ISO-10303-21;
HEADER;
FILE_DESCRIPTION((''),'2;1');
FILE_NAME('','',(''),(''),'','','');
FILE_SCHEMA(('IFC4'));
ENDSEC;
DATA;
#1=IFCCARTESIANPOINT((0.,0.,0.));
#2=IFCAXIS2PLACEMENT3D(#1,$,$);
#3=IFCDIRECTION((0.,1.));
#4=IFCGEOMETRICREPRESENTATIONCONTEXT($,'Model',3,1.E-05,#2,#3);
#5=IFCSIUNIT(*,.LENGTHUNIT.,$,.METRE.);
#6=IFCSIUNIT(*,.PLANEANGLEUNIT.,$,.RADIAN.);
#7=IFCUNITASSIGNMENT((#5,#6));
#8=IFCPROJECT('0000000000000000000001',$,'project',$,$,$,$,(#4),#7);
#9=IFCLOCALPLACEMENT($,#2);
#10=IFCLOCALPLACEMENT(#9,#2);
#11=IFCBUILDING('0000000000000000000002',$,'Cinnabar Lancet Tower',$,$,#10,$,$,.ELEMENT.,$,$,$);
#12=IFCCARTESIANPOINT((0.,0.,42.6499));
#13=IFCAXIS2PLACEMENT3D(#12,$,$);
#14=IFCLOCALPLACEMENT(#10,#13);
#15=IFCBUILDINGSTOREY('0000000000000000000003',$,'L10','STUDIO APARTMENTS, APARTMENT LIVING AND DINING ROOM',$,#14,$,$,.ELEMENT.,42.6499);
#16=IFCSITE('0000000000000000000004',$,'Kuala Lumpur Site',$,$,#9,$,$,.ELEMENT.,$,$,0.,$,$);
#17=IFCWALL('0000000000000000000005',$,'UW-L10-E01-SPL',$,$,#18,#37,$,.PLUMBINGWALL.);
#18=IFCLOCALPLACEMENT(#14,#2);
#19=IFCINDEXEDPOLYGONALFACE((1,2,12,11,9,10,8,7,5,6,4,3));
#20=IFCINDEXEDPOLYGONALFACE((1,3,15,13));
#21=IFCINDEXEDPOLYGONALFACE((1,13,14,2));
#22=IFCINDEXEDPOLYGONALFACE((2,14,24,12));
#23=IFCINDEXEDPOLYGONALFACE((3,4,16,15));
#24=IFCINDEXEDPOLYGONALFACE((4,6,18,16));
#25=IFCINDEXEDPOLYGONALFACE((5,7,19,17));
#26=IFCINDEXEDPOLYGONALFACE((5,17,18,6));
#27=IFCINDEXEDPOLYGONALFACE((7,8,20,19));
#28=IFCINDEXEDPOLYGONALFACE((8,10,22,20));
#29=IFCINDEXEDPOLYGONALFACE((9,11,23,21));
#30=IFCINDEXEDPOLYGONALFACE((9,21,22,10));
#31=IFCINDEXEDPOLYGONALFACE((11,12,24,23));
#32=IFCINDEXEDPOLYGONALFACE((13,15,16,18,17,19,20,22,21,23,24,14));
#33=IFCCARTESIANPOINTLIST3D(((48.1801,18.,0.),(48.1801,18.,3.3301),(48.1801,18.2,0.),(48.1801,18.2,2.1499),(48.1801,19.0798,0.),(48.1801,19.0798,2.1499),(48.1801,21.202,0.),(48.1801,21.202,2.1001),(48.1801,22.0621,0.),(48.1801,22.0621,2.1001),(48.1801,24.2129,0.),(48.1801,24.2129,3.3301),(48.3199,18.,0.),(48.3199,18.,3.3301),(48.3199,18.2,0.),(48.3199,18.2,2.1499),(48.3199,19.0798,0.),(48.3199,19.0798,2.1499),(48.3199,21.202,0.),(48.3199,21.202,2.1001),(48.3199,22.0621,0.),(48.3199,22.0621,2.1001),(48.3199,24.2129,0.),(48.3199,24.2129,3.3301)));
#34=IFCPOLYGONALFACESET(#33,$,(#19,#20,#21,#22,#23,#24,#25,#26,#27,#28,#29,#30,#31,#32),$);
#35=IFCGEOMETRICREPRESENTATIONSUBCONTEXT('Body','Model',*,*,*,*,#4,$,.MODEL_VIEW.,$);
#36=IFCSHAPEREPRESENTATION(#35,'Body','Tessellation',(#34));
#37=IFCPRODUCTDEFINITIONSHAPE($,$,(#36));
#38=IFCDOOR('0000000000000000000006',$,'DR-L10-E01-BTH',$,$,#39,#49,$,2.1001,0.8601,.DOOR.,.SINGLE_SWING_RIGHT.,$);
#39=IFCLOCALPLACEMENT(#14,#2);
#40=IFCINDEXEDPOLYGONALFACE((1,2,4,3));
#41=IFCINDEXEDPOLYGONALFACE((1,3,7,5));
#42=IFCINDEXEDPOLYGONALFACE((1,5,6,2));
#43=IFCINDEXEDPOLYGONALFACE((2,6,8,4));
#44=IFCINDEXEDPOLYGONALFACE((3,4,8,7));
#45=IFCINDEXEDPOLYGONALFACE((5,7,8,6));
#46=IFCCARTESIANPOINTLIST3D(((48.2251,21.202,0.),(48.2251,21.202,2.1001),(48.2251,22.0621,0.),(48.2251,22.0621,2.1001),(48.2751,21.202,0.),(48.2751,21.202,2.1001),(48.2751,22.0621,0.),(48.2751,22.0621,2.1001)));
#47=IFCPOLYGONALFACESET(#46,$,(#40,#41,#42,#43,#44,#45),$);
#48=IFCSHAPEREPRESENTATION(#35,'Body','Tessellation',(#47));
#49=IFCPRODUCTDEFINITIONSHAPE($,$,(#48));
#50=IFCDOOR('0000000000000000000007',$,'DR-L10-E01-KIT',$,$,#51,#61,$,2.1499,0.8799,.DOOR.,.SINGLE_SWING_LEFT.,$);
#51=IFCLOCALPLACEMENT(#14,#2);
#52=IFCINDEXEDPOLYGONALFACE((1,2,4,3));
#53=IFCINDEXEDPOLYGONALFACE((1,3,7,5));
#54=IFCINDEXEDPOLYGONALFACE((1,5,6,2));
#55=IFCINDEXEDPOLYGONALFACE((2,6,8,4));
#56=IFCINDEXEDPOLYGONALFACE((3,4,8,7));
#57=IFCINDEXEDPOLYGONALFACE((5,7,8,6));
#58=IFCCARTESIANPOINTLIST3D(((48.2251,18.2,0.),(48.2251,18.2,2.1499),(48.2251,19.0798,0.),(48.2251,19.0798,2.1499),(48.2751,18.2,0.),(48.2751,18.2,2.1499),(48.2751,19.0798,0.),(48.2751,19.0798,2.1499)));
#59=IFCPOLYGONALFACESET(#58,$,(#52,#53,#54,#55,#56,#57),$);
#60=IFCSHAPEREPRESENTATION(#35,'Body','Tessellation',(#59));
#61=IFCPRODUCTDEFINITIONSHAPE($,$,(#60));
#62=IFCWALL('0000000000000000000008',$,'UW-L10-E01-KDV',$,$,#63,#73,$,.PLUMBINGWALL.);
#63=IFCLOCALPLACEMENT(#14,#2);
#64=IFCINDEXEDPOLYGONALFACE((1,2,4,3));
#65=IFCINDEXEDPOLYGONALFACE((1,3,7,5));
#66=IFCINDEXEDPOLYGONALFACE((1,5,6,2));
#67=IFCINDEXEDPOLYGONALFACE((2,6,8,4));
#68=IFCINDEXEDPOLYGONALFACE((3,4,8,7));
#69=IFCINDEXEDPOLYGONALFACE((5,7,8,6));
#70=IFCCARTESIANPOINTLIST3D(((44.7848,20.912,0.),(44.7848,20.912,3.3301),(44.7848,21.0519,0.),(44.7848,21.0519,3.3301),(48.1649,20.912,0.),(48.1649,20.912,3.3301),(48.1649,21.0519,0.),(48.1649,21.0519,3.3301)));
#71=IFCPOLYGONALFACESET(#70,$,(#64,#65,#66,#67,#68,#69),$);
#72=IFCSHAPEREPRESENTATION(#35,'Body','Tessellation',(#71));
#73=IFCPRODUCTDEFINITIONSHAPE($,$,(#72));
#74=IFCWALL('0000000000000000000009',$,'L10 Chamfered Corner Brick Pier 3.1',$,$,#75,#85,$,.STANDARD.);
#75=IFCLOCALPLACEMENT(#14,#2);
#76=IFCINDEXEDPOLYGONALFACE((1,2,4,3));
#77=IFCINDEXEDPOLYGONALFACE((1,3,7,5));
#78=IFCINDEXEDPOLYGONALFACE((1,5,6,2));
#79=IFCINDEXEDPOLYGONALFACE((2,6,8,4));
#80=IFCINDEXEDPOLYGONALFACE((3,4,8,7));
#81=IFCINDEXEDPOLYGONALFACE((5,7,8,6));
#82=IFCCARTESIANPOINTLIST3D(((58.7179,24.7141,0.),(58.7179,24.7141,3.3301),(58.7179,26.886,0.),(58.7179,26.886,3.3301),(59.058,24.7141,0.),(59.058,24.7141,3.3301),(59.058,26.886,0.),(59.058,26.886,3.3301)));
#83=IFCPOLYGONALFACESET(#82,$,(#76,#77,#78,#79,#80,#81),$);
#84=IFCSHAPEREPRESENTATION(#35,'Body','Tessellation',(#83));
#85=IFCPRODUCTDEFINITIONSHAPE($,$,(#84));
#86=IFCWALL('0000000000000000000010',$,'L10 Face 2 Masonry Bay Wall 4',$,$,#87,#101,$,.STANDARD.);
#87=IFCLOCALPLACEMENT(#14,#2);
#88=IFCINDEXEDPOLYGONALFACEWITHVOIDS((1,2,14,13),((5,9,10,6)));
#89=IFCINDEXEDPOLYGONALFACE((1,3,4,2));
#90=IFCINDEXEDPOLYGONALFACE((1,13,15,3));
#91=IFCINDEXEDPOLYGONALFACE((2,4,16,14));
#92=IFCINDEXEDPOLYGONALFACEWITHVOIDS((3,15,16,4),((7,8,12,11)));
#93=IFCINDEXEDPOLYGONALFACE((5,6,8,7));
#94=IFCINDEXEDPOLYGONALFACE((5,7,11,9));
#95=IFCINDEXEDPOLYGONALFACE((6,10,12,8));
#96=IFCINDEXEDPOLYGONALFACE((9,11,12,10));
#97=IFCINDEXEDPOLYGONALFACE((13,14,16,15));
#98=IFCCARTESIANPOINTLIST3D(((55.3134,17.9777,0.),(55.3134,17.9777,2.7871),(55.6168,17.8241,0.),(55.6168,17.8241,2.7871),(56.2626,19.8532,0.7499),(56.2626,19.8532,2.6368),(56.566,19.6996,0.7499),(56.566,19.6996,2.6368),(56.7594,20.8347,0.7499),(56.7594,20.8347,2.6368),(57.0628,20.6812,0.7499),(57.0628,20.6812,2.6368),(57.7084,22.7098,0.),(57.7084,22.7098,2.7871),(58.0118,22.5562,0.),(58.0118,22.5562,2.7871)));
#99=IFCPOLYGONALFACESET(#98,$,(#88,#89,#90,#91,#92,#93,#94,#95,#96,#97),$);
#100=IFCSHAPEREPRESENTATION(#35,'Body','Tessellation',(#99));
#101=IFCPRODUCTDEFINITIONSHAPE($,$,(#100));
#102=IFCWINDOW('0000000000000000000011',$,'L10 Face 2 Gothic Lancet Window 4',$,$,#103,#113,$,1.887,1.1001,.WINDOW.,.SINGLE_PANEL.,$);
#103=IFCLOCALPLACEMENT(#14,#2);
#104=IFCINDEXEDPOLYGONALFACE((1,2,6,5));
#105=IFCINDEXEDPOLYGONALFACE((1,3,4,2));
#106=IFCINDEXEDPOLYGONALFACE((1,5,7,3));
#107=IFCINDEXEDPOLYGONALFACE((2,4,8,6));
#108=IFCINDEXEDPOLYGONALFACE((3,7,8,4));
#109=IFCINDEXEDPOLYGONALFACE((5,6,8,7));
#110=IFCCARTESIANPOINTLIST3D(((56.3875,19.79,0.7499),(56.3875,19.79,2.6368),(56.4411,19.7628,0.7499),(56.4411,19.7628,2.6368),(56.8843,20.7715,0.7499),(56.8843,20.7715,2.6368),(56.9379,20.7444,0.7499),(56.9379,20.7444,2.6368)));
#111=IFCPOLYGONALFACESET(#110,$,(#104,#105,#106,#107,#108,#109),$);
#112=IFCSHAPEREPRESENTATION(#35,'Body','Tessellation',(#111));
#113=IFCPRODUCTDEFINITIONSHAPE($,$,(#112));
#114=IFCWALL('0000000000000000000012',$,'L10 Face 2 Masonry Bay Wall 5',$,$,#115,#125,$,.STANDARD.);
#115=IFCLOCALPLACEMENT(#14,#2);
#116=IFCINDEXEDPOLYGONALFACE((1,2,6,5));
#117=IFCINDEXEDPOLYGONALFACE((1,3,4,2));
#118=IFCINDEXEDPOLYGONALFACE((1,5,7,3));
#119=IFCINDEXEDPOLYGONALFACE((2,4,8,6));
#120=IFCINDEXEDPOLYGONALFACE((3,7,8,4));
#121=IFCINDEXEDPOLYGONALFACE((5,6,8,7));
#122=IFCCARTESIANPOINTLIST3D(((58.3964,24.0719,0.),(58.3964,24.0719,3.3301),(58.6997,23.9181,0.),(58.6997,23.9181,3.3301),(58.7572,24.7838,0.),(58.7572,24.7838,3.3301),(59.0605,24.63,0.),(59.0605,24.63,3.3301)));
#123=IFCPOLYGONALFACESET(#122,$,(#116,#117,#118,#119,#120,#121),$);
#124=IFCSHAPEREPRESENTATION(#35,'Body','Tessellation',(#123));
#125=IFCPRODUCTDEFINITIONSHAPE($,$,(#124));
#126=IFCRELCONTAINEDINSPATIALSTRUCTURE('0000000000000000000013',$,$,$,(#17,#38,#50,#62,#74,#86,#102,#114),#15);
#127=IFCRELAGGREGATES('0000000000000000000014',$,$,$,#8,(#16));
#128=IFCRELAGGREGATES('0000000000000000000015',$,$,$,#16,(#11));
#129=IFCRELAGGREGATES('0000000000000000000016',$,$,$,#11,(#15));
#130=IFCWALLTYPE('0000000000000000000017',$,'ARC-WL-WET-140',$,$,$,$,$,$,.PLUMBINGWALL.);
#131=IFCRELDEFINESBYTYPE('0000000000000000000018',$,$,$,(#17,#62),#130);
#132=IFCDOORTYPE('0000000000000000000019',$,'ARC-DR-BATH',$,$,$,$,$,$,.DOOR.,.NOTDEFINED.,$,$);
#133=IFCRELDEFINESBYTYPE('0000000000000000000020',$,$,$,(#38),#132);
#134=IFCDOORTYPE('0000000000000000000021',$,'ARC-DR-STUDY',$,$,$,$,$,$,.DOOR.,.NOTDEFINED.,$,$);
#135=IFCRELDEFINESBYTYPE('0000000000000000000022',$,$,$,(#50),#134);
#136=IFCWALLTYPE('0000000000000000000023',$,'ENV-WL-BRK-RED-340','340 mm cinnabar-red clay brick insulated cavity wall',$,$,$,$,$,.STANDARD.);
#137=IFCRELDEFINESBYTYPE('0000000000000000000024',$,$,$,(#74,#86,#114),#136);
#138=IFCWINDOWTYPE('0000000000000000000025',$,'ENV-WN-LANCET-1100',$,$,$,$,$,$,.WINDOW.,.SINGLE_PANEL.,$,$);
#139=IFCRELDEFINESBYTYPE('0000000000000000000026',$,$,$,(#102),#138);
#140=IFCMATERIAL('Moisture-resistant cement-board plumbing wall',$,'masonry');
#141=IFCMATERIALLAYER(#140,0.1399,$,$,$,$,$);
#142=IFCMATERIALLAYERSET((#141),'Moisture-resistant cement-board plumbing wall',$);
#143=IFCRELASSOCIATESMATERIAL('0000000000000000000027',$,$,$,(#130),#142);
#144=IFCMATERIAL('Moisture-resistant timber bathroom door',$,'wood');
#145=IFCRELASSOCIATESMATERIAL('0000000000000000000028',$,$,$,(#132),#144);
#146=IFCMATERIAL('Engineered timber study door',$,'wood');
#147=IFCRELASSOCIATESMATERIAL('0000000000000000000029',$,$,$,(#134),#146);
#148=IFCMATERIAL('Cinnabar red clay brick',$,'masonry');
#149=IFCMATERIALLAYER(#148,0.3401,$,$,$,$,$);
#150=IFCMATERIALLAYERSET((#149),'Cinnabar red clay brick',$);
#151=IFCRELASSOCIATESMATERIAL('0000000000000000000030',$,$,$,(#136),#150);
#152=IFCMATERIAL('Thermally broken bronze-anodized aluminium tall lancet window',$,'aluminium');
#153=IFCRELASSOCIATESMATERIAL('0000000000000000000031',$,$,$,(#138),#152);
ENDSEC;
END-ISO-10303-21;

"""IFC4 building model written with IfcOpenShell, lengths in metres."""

from ifc_helpers import new_model, si_unit, direction, frame, frame_2d, origin, place, context, subcontext, project, spatial, rectangle, extrude, material, layer, layer_set, type_object, element, fill, save


model = new_model("IFC4")

# Units and contexts
model_context = context("Model", 3, precision=1e-05, world=origin(), true_north=direction((0.0, 1.0)))
body_context = subcontext(model_context, "Body", "Model", "MODEL_VIEW")
ifc_project = project(units=[si_unit("LENGTHUNIT", "METRE"), si_unit("PLANEANGLEUNIT", "RADIAN")], contexts=[model_context])

# Site, building, storey
site_placement = place(None, origin())
site = spatial("IfcSite", under=ifc_project, at=site_placement, Name="Kuala Lumpur Site", CompositionType="ELEMENT", RefElevation=0.0)
building_placement = place(site_placement, origin())
building = spatial("IfcBuilding", under=site, at=building_placement, Name="Cinnabar Lancet Tower", CompositionType="ELEMENT")
storey_placement = place(building_placement, frame((0.0, 0.0, 42.6499)))
storey = spatial("IfcBuildingStorey", under=building, at=storey_placement, Name="L10", Description="STUDIO APARTMENTS, APARTMENT LIVING AND DINING ROOM", CompositionType="ELEMENT", Elevation=42.6499)

# Wall, openings, doors
ifc_material_1 = material(Name="Moisture-resistant cement-board plumbing wall", Category="masonry")
ifc_layer_1 = layer(ifc_material_1, 0.1399)
ifc_layer_set_1 = layer_set([ifc_layer_1], Name="Moisture-resistant cement-board plumbing wall")
wall_type_1 = type_object("IfcWallType", Name="ARC-WL-WET-140", PredefinedType="PLUMBINGWALL", material=ifc_layer_set_1)
wall_1_placement = place(storey_placement, frame((48.25, 18.0, 0.0), z_axis=(0.0, 0.0, 1.0), x_axis=(0.0, 1.0, 0.0)))
wall_1 = element("IfcWall", 1, at=wall_1_placement, inside=storey, type_object=wall_type_1, Name="UW-L10-E01-SPL", PredefinedType="PLUMBINGWALL", context=body_context, shape_type="SweptSolid", body=[
    extrude(rectangle(XDim=6.2129, YDim=0.1399, at=frame_2d((3.1064, 0.0))), origin(), (0.0, 0.0, 1.0), 3.3301),
])
opening_1_placement = place(wall_1_placement, frame((3.2019, 0.0, 0.0)))
opening_1 = element("IfcOpeningElement", 2, at=opening_1_placement, cuts=wall_1, PredefinedType="OPENING", context=body_context, shape_type="SweptSolid", body=[
    extrude(rectangle(XDim=0.8601, YDim=2.1001, at=frame_2d((0.4302, 1.05))), frame((0.0, 0.0798, 0.0), z_axis=(0.0, -1.0, 0.0), x_axis=(1.0, 0.0, 0.0)), (0.0, 0.0, 1.0), 0.1599),
])
opening_2_placement = place(wall_1_placement, frame((0.2, 0.0, 0.0)))
opening_2 = element("IfcOpeningElement", 3, at=opening_2_placement, cuts=wall_1, PredefinedType="OPENING", context=body_context, shape_type="SweptSolid", body=[
    extrude(rectangle(XDim=0.8799, YDim=2.1499, at=frame_2d((0.4399, 1.075))), frame((0.0, 0.0798, 0.0), z_axis=(0.0, -1.0, 0.0), x_axis=(1.0, 0.0, 0.0)), (0.0, 0.0, 1.0), 0.1599),
])
ifc_material_2 = material(Name="Moisture-resistant timber bathroom door", Category="wood")
door_type_1 = type_object("IfcDoorType", Name="ARC-DR-BATH", OperationType="NOTDEFINED", PredefinedType="DOOR", material=ifc_material_2)
door_1_placement = place(opening_1_placement, origin())
door_1 = element("IfcDoor", 4, at=door_1_placement, inside=storey, type_object=door_type_1, Name="DR-L10-E01-BTH", OperationType="SINGLE_SWING_RIGHT", OverallHeight=2.1001, OverallWidth=0.8601, PredefinedType="DOOR", context=body_context, shape_type="SweptSolid", body=[
    extrude(rectangle(XDim=0.8601, YDim=2.1001, at=frame_2d((0.4302, 1.05))), frame((0.0, 0.0249, 0.0), z_axis=(0.0, -1.0, 0.0), x_axis=(1.0, 0.0, 0.0)), (0.0, 0.0, 1.0), 0.05),
])
fill(opening_1, door_1)
ifc_material_3 = material(Name="Engineered timber study door", Category="wood")
door_type_2 = type_object("IfcDoorType", Name="ARC-DR-STUDY", OperationType="NOTDEFINED", PredefinedType="DOOR", material=ifc_material_3)
door_2_placement = place(opening_2_placement, origin())
door_2 = element("IfcDoor", 5, at=door_2_placement, inside=storey, type_object=door_type_2, Name="DR-L10-E01-KIT", OperationType="SINGLE_SWING_LEFT", OverallHeight=2.1499, OverallWidth=0.8799, PredefinedType="DOOR", context=body_context, shape_type="SweptSolid", body=[
    extrude(rectangle(XDim=0.8799, YDim=2.1499, at=frame_2d((0.4399, 1.075))), frame((0.0, 0.0249, 0.0), z_axis=(0.0, -1.0, 0.0), x_axis=(1.0, 0.0, 0.0)), (0.0, 0.0, 1.0), 0.05),
])
fill(opening_2, door_2)

# Walls
wall_2_placement = place(storey_placement, frame((44.7849, 20.9819, 0.0), z_axis=(0.0, 0.0, 1.0), x_axis=(1.0, 0.0, 0.0)))
element("IfcWall", 6, at=wall_2_placement, inside=storey, type_object=wall_type_1, Name="UW-L10-E01-KDV", PredefinedType="PLUMBINGWALL", context=body_context, shape_type="SweptSolid", body=[
    extrude(rectangle(XDim=3.3801, YDim=0.1399, at=frame_2d((1.6899, 0.0))), origin(), (0.0, 0.0, 1.0), 3.3301),
])
ifc_material_4 = material(Name="Cinnabar red clay brick", Category="masonry")
ifc_layer_2 = layer(ifc_material_4, 0.3401)
ifc_layer_set_2 = layer_set([ifc_layer_2], Name="Cinnabar red clay brick")
wall_type_2 = type_object("IfcWallType", Name="ENV-WL-BRK-RED-340", Description="340 mm cinnabar-red clay brick insulated cavity wall", PredefinedType="STANDARD", material=ifc_layer_set_2)
wall_3_placement = place(storey_placement, frame((58.8879, 24.7141, 0.0), z_axis=(0.0, 0.0, 1.0), x_axis=(0.0, 1.0, 0.0)))
element("IfcWall", 7, at=wall_3_placement, inside=storey, type_object=wall_type_2, Name="L10 Chamfered Corner Brick Pier 3.1", PredefinedType="STANDARD", context=body_context, shape_type="SweptSolid", body=[
    extrude(rectangle(XDim=2.1719, YDim=0.3401, at=frame_2d((1.0859, 0.0))), origin(), (0.0, 0.0, 1.0), 3.3301),
])

# Wall, opening, window
wall_4_placement = place(storey_placement, frame((55.4651, 17.9009, 0.0), z_axis=(0.0, 0.0, 1.0), x_axis=(0.451572, 0.892235, 0.0)))
wall_4 = element("IfcWall", 8, at=wall_4_placement, inside=storey, type_object=wall_type_2, Name="L10 Face 2 Masonry Bay Wall 4", PredefinedType="STANDARD", context=body_context, shape_type="SweptSolid", body=[
    extrude(rectangle(XDim=5.3037, YDim=0.3401, at=frame_2d((2.6519, 0.0))), origin(), (0.0, 0.0, 1.0), 2.7871),
])
opening_3_placement = place(wall_4_placement, frame((2.1021, 0.0, 0.75)))
opening_3 = element("IfcOpeningElement", 9, at=opening_3_placement, cuts=wall_4, PredefinedType="OPENING", context=body_context, shape_type="SweptSolid", body=[
    extrude(rectangle(XDim=1.1001, YDim=1.887, at=frame_2d((0.55, 0.9434))), frame((0.0, 0.1799, 0.0), z_axis=(0.0, -1.0, 0.0), x_axis=(1.0, 0.0, 0.0)), (0.0, 0.0, 1.0), 0.3601),
])
ifc_material_5 = material(Name="Thermally broken bronze-anodized aluminium tall lancet window", Category="aluminium")
window_type = type_object("IfcWindowType", Name="ENV-WN-LANCET-1100", PartitioningType="SINGLE_PANEL", PredefinedType="WINDOW", material=ifc_material_5)
window_placement = place(opening_3_placement, origin())
window = element("IfcWindow", 10, at=window_placement, inside=storey, type_object=window_type, Name="L10 Face 2 Gothic Lancet Window 4", OverallHeight=1.887, OverallWidth=1.1001, PartitioningType="SINGLE_PANEL", PredefinedType="WINDOW", context=body_context, shape_type="SweptSolid", body=[
    extrude(rectangle(XDim=1.1001, YDim=1.887, at=frame_2d((0.55, 0.9434))), frame((0.0, 0.03, 0.0), z_axis=(0.0, -1.0, 0.0), x_axis=(1.0, 0.0, 0.0)), (0.0, 0.0, 1.0), 0.0601),
])
fill(opening_3, window)

# Wall
wall_5_placement = place(storey_placement, frame((58.5481, 23.9951, 0.0), z_axis=(0.0, 0.0, 1.0), x_axis=(0.452101, 0.891967, 0.0)))
element("IfcWall", 11, at=wall_5_placement, inside=storey, type_object=wall_type_2, Name="L10 Face 2 Masonry Bay Wall 5", PredefinedType="STANDARD", context=body_context, shape_type="SweptSolid", body=[
    extrude(rectangle(XDim=0.7981, YDim=0.3401, at=frame_2d((0.3989, 0.0))), origin(), (0.0, 0.0, 1.0), 3.3301),
])

save(model, "model.ifc")
